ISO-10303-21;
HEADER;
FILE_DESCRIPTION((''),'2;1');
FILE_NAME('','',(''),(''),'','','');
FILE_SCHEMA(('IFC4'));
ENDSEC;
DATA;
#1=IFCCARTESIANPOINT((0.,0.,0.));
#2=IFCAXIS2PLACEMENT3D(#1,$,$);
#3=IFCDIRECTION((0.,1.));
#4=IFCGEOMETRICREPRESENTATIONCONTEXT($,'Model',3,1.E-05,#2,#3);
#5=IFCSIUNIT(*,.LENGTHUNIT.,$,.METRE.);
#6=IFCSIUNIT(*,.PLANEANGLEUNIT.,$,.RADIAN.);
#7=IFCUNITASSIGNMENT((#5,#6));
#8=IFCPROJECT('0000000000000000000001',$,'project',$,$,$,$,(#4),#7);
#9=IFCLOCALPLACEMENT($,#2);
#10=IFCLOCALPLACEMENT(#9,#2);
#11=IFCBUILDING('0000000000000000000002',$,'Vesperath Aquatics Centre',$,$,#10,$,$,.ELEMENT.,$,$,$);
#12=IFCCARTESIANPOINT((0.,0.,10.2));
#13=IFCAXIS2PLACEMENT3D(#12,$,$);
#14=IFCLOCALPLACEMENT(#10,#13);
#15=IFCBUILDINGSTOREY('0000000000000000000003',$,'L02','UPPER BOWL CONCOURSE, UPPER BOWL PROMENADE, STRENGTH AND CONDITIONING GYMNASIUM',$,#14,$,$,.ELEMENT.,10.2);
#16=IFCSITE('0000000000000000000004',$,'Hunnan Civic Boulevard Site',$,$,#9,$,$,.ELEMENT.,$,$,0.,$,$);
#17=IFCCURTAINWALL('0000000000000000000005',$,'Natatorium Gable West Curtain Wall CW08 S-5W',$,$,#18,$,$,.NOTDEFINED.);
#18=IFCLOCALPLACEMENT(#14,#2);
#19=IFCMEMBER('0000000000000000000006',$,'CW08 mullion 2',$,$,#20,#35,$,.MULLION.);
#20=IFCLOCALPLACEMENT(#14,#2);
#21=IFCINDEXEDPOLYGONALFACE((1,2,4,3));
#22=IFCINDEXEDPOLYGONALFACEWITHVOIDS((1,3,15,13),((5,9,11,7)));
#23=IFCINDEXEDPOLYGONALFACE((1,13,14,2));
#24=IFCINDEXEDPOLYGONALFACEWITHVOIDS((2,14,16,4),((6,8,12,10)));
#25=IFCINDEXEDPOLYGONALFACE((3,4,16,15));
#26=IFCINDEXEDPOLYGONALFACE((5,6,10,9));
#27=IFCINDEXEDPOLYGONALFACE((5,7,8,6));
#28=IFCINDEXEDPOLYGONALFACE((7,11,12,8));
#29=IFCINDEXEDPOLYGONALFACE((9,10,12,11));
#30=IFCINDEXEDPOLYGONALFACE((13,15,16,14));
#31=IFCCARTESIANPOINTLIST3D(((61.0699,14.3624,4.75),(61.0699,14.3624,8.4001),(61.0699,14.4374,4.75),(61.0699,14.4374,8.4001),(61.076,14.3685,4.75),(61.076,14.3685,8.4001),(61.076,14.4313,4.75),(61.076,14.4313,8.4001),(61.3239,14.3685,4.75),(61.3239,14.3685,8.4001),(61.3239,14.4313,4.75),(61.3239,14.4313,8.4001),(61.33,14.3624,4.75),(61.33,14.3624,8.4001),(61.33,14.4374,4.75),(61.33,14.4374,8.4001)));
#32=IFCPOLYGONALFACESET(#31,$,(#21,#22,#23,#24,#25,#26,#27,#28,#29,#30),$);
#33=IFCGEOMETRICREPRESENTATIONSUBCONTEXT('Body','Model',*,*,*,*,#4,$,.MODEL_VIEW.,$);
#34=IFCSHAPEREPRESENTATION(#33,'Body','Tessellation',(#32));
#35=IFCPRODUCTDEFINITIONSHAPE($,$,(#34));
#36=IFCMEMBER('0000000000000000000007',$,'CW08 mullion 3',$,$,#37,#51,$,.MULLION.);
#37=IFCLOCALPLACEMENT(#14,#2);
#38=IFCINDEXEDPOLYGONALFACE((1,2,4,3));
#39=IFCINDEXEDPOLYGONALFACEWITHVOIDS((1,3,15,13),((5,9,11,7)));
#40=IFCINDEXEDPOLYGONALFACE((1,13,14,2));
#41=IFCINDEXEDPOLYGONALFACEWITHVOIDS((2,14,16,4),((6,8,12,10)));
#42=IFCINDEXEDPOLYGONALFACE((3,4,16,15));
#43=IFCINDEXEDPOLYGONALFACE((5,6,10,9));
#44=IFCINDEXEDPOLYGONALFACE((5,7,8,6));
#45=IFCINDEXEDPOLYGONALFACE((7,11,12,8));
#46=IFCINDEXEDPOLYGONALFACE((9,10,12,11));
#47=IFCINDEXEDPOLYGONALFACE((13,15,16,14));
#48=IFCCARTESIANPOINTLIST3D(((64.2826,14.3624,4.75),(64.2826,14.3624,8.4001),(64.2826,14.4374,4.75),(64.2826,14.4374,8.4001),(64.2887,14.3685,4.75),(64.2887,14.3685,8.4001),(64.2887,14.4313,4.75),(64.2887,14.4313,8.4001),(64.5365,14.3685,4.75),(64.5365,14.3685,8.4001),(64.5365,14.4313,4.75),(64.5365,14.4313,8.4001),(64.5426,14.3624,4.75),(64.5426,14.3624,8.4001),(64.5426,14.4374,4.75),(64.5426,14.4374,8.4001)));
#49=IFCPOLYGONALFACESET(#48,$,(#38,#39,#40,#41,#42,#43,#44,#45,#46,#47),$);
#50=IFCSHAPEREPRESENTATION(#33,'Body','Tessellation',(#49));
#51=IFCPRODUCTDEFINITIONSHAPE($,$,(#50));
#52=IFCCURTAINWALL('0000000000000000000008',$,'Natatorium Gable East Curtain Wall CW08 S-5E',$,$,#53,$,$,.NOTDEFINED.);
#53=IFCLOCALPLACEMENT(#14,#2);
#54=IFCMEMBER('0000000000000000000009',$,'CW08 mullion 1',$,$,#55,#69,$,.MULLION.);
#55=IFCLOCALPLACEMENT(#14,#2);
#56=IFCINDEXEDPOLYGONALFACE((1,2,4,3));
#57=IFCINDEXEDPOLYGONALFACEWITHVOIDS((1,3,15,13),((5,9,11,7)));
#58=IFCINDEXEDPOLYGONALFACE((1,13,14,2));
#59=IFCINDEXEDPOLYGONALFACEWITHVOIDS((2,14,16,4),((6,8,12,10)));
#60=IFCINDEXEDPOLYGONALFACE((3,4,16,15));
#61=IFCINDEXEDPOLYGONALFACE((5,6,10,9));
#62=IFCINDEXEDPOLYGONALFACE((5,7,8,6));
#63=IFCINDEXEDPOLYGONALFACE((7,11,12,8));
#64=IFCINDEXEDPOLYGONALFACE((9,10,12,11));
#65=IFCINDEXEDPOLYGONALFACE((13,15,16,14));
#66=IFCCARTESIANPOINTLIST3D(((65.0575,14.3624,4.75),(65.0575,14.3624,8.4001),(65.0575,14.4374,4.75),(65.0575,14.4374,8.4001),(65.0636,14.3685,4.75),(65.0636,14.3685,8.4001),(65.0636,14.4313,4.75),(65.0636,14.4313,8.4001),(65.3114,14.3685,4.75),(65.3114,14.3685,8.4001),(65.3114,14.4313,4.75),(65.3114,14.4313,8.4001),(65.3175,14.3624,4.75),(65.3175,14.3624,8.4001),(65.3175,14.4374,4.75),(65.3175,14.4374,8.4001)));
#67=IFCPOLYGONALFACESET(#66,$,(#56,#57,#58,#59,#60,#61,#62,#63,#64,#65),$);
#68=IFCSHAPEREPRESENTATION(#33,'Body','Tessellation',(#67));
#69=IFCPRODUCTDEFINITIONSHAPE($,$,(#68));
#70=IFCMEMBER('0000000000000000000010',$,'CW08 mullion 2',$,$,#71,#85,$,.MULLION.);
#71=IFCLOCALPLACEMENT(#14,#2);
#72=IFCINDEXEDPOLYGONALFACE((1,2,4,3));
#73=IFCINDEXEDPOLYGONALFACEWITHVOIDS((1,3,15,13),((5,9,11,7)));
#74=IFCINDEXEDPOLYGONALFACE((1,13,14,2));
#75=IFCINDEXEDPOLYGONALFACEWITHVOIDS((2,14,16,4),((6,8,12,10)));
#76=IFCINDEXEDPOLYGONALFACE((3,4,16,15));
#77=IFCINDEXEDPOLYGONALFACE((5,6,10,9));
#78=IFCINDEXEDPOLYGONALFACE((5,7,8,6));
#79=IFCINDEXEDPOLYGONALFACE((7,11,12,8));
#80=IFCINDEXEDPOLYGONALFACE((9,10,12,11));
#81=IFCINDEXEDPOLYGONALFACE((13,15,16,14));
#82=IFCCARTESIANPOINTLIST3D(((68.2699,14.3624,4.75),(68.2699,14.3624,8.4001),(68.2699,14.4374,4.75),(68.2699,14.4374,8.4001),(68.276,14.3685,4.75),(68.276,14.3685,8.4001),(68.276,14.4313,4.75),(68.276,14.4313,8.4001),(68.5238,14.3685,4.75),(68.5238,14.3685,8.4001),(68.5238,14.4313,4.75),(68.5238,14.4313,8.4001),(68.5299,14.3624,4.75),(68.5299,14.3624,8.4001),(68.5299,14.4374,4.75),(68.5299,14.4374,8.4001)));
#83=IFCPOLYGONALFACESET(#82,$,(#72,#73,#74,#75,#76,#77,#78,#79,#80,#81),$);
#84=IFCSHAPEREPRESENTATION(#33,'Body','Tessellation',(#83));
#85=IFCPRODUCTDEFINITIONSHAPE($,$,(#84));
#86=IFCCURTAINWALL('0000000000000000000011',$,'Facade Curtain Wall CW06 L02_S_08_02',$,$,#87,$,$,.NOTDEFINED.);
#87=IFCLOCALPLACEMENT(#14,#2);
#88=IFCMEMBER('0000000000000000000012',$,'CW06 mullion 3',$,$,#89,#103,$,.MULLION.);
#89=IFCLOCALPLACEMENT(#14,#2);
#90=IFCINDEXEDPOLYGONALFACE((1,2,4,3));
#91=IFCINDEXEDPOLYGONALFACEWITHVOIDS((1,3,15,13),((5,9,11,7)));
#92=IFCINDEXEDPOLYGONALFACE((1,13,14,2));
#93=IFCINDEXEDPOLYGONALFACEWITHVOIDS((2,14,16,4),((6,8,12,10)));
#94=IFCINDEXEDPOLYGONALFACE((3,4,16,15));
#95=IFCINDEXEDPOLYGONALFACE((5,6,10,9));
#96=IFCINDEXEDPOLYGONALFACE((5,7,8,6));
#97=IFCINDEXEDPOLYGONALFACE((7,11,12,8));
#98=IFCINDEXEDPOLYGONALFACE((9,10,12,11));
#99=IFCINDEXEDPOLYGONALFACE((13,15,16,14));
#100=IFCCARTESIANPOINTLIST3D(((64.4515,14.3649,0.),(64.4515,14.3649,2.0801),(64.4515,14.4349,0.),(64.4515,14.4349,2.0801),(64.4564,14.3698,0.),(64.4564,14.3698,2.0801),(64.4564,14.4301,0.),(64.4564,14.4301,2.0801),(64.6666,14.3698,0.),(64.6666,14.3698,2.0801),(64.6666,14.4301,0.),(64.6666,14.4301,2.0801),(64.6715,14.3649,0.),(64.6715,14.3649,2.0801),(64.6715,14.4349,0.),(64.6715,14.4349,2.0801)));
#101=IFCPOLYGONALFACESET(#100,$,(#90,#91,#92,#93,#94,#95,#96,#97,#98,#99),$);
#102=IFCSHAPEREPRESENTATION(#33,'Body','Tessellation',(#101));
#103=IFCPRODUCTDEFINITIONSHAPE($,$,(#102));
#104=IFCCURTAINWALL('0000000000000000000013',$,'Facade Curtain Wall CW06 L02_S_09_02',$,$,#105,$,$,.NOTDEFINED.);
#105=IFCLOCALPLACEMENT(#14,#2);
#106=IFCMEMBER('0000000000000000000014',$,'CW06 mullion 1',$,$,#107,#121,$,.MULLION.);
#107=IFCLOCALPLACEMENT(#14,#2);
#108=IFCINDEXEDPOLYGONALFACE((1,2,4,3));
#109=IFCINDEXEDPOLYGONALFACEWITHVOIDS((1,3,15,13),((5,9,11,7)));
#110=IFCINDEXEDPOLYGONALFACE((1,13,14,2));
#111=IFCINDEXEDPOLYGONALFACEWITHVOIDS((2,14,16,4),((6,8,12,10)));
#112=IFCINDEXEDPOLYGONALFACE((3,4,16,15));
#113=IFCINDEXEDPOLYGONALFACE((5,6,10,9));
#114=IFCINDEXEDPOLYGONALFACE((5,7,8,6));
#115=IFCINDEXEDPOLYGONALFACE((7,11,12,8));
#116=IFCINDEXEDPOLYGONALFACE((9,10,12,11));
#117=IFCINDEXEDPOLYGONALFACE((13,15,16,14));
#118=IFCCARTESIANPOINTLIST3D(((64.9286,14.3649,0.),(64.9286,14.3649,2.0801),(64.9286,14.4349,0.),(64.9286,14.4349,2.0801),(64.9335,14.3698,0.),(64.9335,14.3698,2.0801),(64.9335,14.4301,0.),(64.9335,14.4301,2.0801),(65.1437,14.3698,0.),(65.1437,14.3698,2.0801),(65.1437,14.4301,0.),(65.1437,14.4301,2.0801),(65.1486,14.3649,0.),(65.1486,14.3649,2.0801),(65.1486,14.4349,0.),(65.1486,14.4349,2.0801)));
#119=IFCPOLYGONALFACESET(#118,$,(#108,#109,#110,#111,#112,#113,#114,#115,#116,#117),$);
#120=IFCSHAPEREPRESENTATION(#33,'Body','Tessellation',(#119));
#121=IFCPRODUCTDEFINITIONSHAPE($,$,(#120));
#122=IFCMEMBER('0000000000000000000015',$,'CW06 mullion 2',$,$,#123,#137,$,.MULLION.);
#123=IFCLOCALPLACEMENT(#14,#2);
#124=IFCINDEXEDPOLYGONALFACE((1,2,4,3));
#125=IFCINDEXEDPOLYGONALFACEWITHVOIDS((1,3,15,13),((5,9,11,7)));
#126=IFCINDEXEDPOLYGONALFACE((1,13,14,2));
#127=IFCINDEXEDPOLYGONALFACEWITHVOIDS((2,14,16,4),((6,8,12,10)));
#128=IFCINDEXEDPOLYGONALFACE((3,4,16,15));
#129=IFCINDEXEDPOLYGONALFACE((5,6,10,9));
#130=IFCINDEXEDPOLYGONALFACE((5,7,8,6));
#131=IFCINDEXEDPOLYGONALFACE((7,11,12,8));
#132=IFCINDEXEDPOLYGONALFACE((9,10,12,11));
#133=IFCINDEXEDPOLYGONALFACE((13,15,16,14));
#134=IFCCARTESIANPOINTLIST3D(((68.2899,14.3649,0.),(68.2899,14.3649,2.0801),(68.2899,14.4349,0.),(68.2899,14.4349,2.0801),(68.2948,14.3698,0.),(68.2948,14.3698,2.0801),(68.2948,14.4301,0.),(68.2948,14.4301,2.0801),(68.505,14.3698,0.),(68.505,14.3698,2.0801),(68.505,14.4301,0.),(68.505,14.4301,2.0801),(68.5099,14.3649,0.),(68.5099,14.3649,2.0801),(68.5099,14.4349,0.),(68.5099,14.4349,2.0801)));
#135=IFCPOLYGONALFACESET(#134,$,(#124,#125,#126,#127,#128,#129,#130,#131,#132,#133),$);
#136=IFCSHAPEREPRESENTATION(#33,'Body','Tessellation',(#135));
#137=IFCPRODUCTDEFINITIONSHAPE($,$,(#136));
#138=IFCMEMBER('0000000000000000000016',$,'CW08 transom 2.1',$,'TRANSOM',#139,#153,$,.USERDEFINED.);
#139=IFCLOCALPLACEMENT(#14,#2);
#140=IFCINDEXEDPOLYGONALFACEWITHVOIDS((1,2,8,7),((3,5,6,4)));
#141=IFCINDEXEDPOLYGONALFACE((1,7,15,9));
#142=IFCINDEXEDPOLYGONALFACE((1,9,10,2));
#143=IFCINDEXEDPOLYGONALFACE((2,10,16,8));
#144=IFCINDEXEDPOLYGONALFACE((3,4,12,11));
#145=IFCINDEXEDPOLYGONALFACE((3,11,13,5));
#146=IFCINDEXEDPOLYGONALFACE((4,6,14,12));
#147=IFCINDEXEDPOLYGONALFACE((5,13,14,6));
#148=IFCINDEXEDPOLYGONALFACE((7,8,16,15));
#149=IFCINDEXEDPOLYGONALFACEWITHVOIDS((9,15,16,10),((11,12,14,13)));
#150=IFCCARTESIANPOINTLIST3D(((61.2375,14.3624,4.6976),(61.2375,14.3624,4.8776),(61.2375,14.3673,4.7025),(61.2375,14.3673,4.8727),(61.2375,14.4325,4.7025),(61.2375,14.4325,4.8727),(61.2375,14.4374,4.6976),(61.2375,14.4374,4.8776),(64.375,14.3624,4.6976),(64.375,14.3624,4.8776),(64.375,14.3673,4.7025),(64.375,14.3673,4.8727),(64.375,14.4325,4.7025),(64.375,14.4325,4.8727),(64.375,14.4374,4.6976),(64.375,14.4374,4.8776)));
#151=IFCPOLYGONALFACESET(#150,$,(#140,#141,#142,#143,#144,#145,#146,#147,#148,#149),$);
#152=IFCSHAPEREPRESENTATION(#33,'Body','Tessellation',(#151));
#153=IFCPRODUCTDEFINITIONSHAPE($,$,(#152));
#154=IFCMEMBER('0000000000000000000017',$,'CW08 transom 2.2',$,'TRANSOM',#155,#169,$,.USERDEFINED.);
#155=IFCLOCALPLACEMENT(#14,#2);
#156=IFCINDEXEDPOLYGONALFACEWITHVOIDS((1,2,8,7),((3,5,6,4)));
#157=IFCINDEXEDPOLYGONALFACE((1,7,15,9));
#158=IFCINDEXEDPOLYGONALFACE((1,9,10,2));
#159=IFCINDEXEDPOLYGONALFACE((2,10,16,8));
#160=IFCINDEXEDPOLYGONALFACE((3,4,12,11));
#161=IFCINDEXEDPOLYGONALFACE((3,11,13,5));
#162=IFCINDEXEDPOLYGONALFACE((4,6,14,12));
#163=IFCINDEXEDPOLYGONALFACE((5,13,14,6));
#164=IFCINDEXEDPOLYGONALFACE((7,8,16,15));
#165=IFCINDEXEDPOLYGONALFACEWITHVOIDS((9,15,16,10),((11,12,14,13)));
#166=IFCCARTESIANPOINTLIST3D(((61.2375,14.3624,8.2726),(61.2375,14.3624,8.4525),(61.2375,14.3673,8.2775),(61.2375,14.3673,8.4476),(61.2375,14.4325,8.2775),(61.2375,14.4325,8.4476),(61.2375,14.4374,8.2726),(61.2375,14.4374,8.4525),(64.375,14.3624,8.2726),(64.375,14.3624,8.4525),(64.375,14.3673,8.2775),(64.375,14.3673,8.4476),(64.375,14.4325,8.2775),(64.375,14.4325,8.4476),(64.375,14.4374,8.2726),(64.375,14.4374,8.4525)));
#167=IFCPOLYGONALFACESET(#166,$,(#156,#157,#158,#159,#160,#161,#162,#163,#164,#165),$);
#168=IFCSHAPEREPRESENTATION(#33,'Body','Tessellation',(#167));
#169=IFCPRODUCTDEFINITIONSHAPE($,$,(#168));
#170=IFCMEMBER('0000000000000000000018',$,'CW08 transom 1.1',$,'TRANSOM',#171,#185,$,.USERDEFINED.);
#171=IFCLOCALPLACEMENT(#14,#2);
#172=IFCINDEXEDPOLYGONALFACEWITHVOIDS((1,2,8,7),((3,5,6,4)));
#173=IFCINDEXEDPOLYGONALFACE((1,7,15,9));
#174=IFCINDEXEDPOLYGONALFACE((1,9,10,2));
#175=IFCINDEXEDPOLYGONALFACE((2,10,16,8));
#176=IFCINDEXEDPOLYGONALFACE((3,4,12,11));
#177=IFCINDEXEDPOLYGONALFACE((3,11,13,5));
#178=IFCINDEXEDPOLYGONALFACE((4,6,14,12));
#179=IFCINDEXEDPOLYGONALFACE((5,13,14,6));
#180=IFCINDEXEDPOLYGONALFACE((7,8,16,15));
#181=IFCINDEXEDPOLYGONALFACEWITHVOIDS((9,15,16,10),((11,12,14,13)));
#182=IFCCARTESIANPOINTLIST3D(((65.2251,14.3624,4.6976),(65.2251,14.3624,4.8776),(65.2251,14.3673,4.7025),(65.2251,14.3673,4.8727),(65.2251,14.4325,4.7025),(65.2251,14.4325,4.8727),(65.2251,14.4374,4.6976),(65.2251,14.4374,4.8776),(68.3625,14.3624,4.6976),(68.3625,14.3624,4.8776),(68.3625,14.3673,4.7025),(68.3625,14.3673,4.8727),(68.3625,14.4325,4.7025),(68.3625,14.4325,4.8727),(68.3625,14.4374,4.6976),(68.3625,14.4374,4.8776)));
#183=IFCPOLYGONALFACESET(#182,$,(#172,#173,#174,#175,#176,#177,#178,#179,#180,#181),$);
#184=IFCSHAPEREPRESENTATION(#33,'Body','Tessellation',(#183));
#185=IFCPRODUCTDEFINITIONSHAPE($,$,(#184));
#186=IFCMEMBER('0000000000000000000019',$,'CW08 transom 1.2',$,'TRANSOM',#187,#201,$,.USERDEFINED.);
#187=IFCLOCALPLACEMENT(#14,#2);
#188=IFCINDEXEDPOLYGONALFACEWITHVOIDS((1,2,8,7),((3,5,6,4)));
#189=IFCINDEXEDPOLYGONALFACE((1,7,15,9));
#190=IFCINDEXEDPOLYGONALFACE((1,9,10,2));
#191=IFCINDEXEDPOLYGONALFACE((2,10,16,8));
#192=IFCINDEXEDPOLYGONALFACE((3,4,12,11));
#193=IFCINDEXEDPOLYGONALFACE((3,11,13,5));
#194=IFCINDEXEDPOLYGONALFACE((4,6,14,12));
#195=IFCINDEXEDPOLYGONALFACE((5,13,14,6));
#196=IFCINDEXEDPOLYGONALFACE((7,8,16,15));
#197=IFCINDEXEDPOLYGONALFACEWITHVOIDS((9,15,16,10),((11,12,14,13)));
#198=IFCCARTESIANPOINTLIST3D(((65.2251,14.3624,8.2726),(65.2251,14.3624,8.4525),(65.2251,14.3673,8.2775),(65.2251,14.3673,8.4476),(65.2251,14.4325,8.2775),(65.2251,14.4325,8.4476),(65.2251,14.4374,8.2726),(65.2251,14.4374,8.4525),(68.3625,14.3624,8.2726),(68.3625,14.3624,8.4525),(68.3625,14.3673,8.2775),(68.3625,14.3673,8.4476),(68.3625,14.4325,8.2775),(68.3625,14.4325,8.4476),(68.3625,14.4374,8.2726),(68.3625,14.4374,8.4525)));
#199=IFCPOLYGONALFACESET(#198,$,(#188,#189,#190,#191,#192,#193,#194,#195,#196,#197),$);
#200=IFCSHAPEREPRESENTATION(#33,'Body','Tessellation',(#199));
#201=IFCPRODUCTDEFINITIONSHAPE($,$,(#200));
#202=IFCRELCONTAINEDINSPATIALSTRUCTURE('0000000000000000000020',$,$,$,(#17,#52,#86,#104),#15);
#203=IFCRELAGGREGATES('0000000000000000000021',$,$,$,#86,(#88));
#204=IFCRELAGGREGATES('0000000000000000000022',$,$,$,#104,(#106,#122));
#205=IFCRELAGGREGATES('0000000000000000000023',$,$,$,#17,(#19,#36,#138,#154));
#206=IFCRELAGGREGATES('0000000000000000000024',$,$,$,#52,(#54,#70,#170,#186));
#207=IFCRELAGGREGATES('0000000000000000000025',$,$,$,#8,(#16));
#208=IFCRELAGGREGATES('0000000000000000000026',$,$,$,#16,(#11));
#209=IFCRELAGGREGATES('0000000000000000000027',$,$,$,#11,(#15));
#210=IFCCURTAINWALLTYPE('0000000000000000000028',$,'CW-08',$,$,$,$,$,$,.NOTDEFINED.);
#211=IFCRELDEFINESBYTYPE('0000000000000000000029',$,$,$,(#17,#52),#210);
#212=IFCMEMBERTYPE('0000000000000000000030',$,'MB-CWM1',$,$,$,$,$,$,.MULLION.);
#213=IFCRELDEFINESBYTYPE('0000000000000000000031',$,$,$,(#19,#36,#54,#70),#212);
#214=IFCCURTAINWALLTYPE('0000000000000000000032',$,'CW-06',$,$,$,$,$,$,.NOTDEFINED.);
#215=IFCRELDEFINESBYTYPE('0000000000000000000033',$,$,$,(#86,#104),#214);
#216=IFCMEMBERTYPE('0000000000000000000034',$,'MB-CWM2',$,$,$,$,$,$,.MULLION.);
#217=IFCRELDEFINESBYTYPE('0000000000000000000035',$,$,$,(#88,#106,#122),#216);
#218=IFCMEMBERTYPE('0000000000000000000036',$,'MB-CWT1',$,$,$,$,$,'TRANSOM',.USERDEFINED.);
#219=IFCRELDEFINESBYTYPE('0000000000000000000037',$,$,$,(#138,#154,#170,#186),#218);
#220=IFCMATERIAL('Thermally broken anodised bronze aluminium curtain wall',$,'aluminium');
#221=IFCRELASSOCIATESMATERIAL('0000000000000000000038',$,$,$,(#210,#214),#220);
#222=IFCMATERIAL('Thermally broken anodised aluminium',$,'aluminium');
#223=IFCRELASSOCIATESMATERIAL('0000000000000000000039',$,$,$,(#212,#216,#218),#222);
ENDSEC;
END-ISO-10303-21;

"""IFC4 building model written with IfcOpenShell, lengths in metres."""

from ifc_helpers import new_model, si_unit, direction, frame, origin, origin_2d, place, context, subcontext, project, spatial, hollow_rectangle, extrude, material, material_profile, profile_set, type_object, element, aggregate, save


model = new_model("IFC4")

# Units and contexts
model_context = context("Model", 3, precision=1e-05, world=origin(), true_north=direction((0.0, 1.0)))
body_context = subcontext(model_context, "Body", "Model", "MODEL_VIEW")
ifc_project = project(units=[si_unit("LENGTHUNIT", "METRE"), si_unit("PLANEANGLEUNIT", "RADIAN")], contexts=[model_context])

# Site, building, storey
site_placement = place(None, origin())
site = spatial("IfcSite", under=ifc_project, at=site_placement, Name="Hunnan Civic Boulevard Site", CompositionType="ELEMENT", RefElevation=0.0)
building_placement = place(site_placement, origin())
building = spatial("IfcBuilding", under=site, at=building_placement, Name="Vesperath Aquatics Centre", CompositionType="ELEMENT")
storey_placement = place(building_placement, frame((0.0, 0.0, 10.2)))
storey = spatial("IfcBuildingStorey", under=building, at=storey_placement, Name="L02", Description="UPPER BOWL CONCOURSE, UPPER BOWL PROMENADE, STRENGTH AND CONDITIONING GYMNASIUM", CompositionType="ELEMENT", Elevation=10.2)

# Curtain walls, members
ifc_material_1 = material(Name="Thermally broken anodised bronze aluminium curtain wall", Category="aluminium")
curtain_wall_type_1 = type_object("IfcCurtainWallType", Name="CW-08", PredefinedType="NOTDEFINED", material=ifc_material_1)
curtain_wall_1_placement = place(storey_placement, origin())
curtain_wall_1 = element("IfcCurtainWall", 1, at=curtain_wall_1_placement, inside=storey, type_object=curtain_wall_type_1, Name="Natatorium Gable West Curtain Wall CW08 S-5W", PredefinedType="NOTDEFINED")
ifc_material_2 = material(Name="Thermally broken anodised aluminium", Category="aluminium")
ifc_material_profile_1 = material_profile(ifc_material_2, hollow_rectangle(XDim=0.075, YDim=0.26, WallThickness=0.0061, at=origin_2d()), Name="CWM 75x260x6")
ifc_profile_set_1 = profile_set([ifc_material_profile_1], Name="Thermally broken anodised aluminium")
member_type_1 = type_object("IfcMemberType", Name="MB-CWM1", PredefinedType="MULLION", material=ifc_profile_set_1)
member_1_placement = place(storey_placement, frame((61.2, 14.3999, 4.75), z_axis=(0.0, 0.0, 1.0), x_axis=(0.0, 1.0, 0.0)))
member_1 = element("IfcMember", 2, at=member_1_placement, type_object=member_type_1, Name="CW08 mullion 2", PredefinedType="MULLION", context=body_context, shape_type="SweptSolid", body=[
    extrude(hollow_rectangle(XDim=0.075, YDim=0.26, WallThickness=0.0061, at=origin_2d()), origin(), (0.0, 0.0, 1.0), 3.6501),
])
member_2_placement = place(storey_placement, frame((64.4126, 14.3999, 4.75), z_axis=(0.0, 0.0, 1.0), x_axis=(0.0, 1.0, 0.0)))
member_2 = element("IfcMember", 3, at=member_2_placement, type_object=member_type_1, Name="CW08 mullion 3", PredefinedType="MULLION", context=body_context, shape_type="SweptSolid", body=[
    extrude(hollow_rectangle(XDim=0.075, YDim=0.26, WallThickness=0.0061, at=origin_2d()), origin(), (0.0, 0.0, 1.0), 3.6501),
])
curtain_wall_2_placement = place(storey_placement, origin())
curtain_wall_2 = element("IfcCurtainWall", 4, at=curtain_wall_2_placement, inside=storey, type_object=curtain_wall_type_1, Name="Natatorium Gable East Curtain Wall CW08 S-5E", PredefinedType="NOTDEFINED")
member_3_placement = place(storey_placement, frame((65.1875, 14.3999, 4.75), z_axis=(0.0, 0.0, 1.0), x_axis=(0.0, 1.0, 0.0)))
member_3 = element("IfcMember", 5, at=member_3_placement, type_object=member_type_1, Name="CW08 mullion 1", PredefinedType="MULLION", context=body_context, shape_type="SweptSolid", body=[
    extrude(hollow_rectangle(XDim=0.075, YDim=0.26, WallThickness=0.0061, at=origin_2d()), origin(), (0.0, 0.0, 1.0), 3.6501),
])
member_4_placement = place(storey_placement, frame((68.3999, 14.3999, 4.75), z_axis=(0.0, 0.0, 1.0), x_axis=(0.0, 1.0, 0.0)))
member_4 = element("IfcMember", 6, at=member_4_placement, type_object=member_type_1, Name="CW08 mullion 2", PredefinedType="MULLION", context=body_context, shape_type="SweptSolid", body=[
    extrude(hollow_rectangle(XDim=0.075, YDim=0.26, WallThickness=0.0061, at=origin_2d()), origin(), (0.0, 0.0, 1.0), 3.6501),
])

# Curtain wall, member
curtain_wall_type_2 = type_object("IfcCurtainWallType", Name="CW-06", PredefinedType="NOTDEFINED", material=ifc_material_1)
curtain_wall_3_placement = place(storey_placement, origin())
curtain_wall_3 = element("IfcCurtainWall", 7, at=curtain_wall_3_placement, inside=storey, type_object=curtain_wall_type_2, Name="Facade Curtain Wall CW06 L02_S_08_02", PredefinedType="NOTDEFINED")
ifc_material_profile_2 = material_profile(ifc_material_2, hollow_rectangle(XDim=0.0701, YDim=0.22, WallThickness=0.0049, at=origin_2d()), Name="CWM 70x220x5")
ifc_profile_set_2 = profile_set([ifc_material_profile_2], Name="Thermally broken anodised aluminium")
member_type_2 = type_object("IfcMemberType", Name="MB-CWM2", PredefinedType="MULLION", material=ifc_profile_set_2)
member_5_placement = place(storey_placement, frame((64.5615, 14.3999, 0.0), z_axis=(0.0, 0.0, 1.0), x_axis=(0.0, 1.0, 0.0)))
member_5 = element("IfcMember", 8, at=member_5_placement, type_object=member_type_2, Name="CW06 mullion 3", PredefinedType="MULLION", context=body_context, shape_type="SweptSolid", body=[
    extrude(hollow_rectangle(XDim=0.0701, YDim=0.22, WallThickness=0.0049, at=origin_2d()), origin(), (0.0, 0.0, 1.0), 2.0801),
])

# Curtain wall, members
curtain_wall_4_placement = place(storey_placement, origin())
curtain_wall_4 = element("IfcCurtainWall", 9, at=curtain_wall_4_placement, inside=storey, type_object=curtain_wall_type_2, Name="Facade Curtain Wall CW06 L02_S_09_02", PredefinedType="NOTDEFINED")
member_6_placement = place(storey_placement, frame((65.0386, 14.3999, 0.0), z_axis=(0.0, 0.0, 1.0), x_axis=(0.0, 1.0, 0.0)))
member_6 = element("IfcMember", 10, at=member_6_placement, type_object=member_type_2, Name="CW06 mullion 1", PredefinedType="MULLION", context=body_context, shape_type="SweptSolid", body=[
    extrude(hollow_rectangle(XDim=0.0701, YDim=0.22, WallThickness=0.0049, at=origin_2d()), origin(), (0.0, 0.0, 1.0), 2.0801),
])
member_7_placement = place(storey_placement, frame((68.3999, 14.3999, 0.0), z_axis=(0.0, 0.0, 1.0), x_axis=(0.0, 1.0, 0.0)))
member_7 = element("IfcMember", 11, at=member_7_placement, type_object=member_type_2, Name="CW06 mullion 2", PredefinedType="MULLION", context=body_context, shape_type="SweptSolid", body=[
    extrude(hollow_rectangle(XDim=0.0701, YDim=0.22, WallThickness=0.0049, at=origin_2d()), origin(), (0.0, 0.0, 1.0), 2.0801),
])

# Members
ifc_material_profile_3 = material_profile(ifc_material_2, hollow_rectangle(XDim=0.075, YDim=0.1799, WallThickness=0.0049, at=origin_2d()), Name="CWT 75x180x5")
ifc_profile_set_3 = profile_set([ifc_material_profile_3], Name="Thermally broken anodised aluminium")
member_type_3 = type_object("IfcMemberType", Name="MB-CWT1", ElementType="TRANSOM", PredefinedType="USERDEFINED", material=ifc_profile_set_3)
member_8_placement = place(storey_placement, frame((61.2375, 14.3999, 4.7876), z_axis=(1.0, 0.0, 0.0), x_axis=(0.0, 1.0, 0.0)))
member_8 = element("IfcMember", 12, at=member_8_placement, type_object=member_type_3, Name="CW08 transom 2.1", ObjectType="TRANSOM", PredefinedType="USERDEFINED", context=body_context, shape_type="SweptSolid", body=[
    extrude(hollow_rectangle(XDim=0.075, YDim=0.1799, WallThickness=0.0049, at=origin_2d()), origin(), (0.0, 0.0, 1.0), 3.1375),
])
member_9_placement = place(storey_placement, frame((61.2375, 14.3999, 8.3625), z_axis=(1.0, 0.0, 0.0), x_axis=(0.0, 1.0, 0.0)))
member_9 = element("IfcMember", 13, at=member_9_placement, type_object=member_type_3, Name="CW08 transom 2.2", ObjectType="TRANSOM", PredefinedType="USERDEFINED", context=body_context, shape_type="SweptSolid", body=[
    extrude(hollow_rectangle(XDim=0.075, YDim=0.1799, WallThickness=0.0049, at=origin_2d()), origin(), (0.0, 0.0, 1.0), 3.1375),
])
member_10_placement = place(storey_placement, frame((65.2251, 14.3999, 4.7876), z_axis=(1.0, 0.0, 0.0), x_axis=(0.0, 1.0, 0.0)))
member_10 = element("IfcMember", 14, at=member_10_placement, type_object=member_type_3, Name="CW08 transom 1.1", ObjectType="TRANSOM", PredefinedType="USERDEFINED", context=body_context, shape_type="SweptSolid", body=[
    extrude(hollow_rectangle(XDim=0.075, YDim=0.1799, WallThickness=0.0049, at=origin_2d()), origin(), (0.0, 0.0, 1.0), 3.1375),
])
member_11_placement = place(storey_placement, frame((65.2251, 14.3999, 8.3625), z_axis=(1.0, 0.0, 0.0), x_axis=(0.0, 1.0, 0.0)))
member_11 = element("IfcMember", 15, at=member_11_placement, type_object=member_type_3, Name="CW08 transom 1.2", ObjectType="TRANSOM", PredefinedType="USERDEFINED", context=body_context, shape_type="SweptSolid", body=[
    extrude(hollow_rectangle(XDim=0.075, YDim=0.1799, WallThickness=0.0049, at=origin_2d()), origin(), (0.0, 0.0, 1.0), 3.1375),
])

aggregate(curtain_wall_3, [member_5])
aggregate(curtain_wall_4, [member_6, member_7])
aggregate(curtain_wall_1, [member_1, member_2, member_8, member_9])
aggregate(curtain_wall_2, [member_3, member_4, member_10, member_11])

save(model, "model.ifc")
